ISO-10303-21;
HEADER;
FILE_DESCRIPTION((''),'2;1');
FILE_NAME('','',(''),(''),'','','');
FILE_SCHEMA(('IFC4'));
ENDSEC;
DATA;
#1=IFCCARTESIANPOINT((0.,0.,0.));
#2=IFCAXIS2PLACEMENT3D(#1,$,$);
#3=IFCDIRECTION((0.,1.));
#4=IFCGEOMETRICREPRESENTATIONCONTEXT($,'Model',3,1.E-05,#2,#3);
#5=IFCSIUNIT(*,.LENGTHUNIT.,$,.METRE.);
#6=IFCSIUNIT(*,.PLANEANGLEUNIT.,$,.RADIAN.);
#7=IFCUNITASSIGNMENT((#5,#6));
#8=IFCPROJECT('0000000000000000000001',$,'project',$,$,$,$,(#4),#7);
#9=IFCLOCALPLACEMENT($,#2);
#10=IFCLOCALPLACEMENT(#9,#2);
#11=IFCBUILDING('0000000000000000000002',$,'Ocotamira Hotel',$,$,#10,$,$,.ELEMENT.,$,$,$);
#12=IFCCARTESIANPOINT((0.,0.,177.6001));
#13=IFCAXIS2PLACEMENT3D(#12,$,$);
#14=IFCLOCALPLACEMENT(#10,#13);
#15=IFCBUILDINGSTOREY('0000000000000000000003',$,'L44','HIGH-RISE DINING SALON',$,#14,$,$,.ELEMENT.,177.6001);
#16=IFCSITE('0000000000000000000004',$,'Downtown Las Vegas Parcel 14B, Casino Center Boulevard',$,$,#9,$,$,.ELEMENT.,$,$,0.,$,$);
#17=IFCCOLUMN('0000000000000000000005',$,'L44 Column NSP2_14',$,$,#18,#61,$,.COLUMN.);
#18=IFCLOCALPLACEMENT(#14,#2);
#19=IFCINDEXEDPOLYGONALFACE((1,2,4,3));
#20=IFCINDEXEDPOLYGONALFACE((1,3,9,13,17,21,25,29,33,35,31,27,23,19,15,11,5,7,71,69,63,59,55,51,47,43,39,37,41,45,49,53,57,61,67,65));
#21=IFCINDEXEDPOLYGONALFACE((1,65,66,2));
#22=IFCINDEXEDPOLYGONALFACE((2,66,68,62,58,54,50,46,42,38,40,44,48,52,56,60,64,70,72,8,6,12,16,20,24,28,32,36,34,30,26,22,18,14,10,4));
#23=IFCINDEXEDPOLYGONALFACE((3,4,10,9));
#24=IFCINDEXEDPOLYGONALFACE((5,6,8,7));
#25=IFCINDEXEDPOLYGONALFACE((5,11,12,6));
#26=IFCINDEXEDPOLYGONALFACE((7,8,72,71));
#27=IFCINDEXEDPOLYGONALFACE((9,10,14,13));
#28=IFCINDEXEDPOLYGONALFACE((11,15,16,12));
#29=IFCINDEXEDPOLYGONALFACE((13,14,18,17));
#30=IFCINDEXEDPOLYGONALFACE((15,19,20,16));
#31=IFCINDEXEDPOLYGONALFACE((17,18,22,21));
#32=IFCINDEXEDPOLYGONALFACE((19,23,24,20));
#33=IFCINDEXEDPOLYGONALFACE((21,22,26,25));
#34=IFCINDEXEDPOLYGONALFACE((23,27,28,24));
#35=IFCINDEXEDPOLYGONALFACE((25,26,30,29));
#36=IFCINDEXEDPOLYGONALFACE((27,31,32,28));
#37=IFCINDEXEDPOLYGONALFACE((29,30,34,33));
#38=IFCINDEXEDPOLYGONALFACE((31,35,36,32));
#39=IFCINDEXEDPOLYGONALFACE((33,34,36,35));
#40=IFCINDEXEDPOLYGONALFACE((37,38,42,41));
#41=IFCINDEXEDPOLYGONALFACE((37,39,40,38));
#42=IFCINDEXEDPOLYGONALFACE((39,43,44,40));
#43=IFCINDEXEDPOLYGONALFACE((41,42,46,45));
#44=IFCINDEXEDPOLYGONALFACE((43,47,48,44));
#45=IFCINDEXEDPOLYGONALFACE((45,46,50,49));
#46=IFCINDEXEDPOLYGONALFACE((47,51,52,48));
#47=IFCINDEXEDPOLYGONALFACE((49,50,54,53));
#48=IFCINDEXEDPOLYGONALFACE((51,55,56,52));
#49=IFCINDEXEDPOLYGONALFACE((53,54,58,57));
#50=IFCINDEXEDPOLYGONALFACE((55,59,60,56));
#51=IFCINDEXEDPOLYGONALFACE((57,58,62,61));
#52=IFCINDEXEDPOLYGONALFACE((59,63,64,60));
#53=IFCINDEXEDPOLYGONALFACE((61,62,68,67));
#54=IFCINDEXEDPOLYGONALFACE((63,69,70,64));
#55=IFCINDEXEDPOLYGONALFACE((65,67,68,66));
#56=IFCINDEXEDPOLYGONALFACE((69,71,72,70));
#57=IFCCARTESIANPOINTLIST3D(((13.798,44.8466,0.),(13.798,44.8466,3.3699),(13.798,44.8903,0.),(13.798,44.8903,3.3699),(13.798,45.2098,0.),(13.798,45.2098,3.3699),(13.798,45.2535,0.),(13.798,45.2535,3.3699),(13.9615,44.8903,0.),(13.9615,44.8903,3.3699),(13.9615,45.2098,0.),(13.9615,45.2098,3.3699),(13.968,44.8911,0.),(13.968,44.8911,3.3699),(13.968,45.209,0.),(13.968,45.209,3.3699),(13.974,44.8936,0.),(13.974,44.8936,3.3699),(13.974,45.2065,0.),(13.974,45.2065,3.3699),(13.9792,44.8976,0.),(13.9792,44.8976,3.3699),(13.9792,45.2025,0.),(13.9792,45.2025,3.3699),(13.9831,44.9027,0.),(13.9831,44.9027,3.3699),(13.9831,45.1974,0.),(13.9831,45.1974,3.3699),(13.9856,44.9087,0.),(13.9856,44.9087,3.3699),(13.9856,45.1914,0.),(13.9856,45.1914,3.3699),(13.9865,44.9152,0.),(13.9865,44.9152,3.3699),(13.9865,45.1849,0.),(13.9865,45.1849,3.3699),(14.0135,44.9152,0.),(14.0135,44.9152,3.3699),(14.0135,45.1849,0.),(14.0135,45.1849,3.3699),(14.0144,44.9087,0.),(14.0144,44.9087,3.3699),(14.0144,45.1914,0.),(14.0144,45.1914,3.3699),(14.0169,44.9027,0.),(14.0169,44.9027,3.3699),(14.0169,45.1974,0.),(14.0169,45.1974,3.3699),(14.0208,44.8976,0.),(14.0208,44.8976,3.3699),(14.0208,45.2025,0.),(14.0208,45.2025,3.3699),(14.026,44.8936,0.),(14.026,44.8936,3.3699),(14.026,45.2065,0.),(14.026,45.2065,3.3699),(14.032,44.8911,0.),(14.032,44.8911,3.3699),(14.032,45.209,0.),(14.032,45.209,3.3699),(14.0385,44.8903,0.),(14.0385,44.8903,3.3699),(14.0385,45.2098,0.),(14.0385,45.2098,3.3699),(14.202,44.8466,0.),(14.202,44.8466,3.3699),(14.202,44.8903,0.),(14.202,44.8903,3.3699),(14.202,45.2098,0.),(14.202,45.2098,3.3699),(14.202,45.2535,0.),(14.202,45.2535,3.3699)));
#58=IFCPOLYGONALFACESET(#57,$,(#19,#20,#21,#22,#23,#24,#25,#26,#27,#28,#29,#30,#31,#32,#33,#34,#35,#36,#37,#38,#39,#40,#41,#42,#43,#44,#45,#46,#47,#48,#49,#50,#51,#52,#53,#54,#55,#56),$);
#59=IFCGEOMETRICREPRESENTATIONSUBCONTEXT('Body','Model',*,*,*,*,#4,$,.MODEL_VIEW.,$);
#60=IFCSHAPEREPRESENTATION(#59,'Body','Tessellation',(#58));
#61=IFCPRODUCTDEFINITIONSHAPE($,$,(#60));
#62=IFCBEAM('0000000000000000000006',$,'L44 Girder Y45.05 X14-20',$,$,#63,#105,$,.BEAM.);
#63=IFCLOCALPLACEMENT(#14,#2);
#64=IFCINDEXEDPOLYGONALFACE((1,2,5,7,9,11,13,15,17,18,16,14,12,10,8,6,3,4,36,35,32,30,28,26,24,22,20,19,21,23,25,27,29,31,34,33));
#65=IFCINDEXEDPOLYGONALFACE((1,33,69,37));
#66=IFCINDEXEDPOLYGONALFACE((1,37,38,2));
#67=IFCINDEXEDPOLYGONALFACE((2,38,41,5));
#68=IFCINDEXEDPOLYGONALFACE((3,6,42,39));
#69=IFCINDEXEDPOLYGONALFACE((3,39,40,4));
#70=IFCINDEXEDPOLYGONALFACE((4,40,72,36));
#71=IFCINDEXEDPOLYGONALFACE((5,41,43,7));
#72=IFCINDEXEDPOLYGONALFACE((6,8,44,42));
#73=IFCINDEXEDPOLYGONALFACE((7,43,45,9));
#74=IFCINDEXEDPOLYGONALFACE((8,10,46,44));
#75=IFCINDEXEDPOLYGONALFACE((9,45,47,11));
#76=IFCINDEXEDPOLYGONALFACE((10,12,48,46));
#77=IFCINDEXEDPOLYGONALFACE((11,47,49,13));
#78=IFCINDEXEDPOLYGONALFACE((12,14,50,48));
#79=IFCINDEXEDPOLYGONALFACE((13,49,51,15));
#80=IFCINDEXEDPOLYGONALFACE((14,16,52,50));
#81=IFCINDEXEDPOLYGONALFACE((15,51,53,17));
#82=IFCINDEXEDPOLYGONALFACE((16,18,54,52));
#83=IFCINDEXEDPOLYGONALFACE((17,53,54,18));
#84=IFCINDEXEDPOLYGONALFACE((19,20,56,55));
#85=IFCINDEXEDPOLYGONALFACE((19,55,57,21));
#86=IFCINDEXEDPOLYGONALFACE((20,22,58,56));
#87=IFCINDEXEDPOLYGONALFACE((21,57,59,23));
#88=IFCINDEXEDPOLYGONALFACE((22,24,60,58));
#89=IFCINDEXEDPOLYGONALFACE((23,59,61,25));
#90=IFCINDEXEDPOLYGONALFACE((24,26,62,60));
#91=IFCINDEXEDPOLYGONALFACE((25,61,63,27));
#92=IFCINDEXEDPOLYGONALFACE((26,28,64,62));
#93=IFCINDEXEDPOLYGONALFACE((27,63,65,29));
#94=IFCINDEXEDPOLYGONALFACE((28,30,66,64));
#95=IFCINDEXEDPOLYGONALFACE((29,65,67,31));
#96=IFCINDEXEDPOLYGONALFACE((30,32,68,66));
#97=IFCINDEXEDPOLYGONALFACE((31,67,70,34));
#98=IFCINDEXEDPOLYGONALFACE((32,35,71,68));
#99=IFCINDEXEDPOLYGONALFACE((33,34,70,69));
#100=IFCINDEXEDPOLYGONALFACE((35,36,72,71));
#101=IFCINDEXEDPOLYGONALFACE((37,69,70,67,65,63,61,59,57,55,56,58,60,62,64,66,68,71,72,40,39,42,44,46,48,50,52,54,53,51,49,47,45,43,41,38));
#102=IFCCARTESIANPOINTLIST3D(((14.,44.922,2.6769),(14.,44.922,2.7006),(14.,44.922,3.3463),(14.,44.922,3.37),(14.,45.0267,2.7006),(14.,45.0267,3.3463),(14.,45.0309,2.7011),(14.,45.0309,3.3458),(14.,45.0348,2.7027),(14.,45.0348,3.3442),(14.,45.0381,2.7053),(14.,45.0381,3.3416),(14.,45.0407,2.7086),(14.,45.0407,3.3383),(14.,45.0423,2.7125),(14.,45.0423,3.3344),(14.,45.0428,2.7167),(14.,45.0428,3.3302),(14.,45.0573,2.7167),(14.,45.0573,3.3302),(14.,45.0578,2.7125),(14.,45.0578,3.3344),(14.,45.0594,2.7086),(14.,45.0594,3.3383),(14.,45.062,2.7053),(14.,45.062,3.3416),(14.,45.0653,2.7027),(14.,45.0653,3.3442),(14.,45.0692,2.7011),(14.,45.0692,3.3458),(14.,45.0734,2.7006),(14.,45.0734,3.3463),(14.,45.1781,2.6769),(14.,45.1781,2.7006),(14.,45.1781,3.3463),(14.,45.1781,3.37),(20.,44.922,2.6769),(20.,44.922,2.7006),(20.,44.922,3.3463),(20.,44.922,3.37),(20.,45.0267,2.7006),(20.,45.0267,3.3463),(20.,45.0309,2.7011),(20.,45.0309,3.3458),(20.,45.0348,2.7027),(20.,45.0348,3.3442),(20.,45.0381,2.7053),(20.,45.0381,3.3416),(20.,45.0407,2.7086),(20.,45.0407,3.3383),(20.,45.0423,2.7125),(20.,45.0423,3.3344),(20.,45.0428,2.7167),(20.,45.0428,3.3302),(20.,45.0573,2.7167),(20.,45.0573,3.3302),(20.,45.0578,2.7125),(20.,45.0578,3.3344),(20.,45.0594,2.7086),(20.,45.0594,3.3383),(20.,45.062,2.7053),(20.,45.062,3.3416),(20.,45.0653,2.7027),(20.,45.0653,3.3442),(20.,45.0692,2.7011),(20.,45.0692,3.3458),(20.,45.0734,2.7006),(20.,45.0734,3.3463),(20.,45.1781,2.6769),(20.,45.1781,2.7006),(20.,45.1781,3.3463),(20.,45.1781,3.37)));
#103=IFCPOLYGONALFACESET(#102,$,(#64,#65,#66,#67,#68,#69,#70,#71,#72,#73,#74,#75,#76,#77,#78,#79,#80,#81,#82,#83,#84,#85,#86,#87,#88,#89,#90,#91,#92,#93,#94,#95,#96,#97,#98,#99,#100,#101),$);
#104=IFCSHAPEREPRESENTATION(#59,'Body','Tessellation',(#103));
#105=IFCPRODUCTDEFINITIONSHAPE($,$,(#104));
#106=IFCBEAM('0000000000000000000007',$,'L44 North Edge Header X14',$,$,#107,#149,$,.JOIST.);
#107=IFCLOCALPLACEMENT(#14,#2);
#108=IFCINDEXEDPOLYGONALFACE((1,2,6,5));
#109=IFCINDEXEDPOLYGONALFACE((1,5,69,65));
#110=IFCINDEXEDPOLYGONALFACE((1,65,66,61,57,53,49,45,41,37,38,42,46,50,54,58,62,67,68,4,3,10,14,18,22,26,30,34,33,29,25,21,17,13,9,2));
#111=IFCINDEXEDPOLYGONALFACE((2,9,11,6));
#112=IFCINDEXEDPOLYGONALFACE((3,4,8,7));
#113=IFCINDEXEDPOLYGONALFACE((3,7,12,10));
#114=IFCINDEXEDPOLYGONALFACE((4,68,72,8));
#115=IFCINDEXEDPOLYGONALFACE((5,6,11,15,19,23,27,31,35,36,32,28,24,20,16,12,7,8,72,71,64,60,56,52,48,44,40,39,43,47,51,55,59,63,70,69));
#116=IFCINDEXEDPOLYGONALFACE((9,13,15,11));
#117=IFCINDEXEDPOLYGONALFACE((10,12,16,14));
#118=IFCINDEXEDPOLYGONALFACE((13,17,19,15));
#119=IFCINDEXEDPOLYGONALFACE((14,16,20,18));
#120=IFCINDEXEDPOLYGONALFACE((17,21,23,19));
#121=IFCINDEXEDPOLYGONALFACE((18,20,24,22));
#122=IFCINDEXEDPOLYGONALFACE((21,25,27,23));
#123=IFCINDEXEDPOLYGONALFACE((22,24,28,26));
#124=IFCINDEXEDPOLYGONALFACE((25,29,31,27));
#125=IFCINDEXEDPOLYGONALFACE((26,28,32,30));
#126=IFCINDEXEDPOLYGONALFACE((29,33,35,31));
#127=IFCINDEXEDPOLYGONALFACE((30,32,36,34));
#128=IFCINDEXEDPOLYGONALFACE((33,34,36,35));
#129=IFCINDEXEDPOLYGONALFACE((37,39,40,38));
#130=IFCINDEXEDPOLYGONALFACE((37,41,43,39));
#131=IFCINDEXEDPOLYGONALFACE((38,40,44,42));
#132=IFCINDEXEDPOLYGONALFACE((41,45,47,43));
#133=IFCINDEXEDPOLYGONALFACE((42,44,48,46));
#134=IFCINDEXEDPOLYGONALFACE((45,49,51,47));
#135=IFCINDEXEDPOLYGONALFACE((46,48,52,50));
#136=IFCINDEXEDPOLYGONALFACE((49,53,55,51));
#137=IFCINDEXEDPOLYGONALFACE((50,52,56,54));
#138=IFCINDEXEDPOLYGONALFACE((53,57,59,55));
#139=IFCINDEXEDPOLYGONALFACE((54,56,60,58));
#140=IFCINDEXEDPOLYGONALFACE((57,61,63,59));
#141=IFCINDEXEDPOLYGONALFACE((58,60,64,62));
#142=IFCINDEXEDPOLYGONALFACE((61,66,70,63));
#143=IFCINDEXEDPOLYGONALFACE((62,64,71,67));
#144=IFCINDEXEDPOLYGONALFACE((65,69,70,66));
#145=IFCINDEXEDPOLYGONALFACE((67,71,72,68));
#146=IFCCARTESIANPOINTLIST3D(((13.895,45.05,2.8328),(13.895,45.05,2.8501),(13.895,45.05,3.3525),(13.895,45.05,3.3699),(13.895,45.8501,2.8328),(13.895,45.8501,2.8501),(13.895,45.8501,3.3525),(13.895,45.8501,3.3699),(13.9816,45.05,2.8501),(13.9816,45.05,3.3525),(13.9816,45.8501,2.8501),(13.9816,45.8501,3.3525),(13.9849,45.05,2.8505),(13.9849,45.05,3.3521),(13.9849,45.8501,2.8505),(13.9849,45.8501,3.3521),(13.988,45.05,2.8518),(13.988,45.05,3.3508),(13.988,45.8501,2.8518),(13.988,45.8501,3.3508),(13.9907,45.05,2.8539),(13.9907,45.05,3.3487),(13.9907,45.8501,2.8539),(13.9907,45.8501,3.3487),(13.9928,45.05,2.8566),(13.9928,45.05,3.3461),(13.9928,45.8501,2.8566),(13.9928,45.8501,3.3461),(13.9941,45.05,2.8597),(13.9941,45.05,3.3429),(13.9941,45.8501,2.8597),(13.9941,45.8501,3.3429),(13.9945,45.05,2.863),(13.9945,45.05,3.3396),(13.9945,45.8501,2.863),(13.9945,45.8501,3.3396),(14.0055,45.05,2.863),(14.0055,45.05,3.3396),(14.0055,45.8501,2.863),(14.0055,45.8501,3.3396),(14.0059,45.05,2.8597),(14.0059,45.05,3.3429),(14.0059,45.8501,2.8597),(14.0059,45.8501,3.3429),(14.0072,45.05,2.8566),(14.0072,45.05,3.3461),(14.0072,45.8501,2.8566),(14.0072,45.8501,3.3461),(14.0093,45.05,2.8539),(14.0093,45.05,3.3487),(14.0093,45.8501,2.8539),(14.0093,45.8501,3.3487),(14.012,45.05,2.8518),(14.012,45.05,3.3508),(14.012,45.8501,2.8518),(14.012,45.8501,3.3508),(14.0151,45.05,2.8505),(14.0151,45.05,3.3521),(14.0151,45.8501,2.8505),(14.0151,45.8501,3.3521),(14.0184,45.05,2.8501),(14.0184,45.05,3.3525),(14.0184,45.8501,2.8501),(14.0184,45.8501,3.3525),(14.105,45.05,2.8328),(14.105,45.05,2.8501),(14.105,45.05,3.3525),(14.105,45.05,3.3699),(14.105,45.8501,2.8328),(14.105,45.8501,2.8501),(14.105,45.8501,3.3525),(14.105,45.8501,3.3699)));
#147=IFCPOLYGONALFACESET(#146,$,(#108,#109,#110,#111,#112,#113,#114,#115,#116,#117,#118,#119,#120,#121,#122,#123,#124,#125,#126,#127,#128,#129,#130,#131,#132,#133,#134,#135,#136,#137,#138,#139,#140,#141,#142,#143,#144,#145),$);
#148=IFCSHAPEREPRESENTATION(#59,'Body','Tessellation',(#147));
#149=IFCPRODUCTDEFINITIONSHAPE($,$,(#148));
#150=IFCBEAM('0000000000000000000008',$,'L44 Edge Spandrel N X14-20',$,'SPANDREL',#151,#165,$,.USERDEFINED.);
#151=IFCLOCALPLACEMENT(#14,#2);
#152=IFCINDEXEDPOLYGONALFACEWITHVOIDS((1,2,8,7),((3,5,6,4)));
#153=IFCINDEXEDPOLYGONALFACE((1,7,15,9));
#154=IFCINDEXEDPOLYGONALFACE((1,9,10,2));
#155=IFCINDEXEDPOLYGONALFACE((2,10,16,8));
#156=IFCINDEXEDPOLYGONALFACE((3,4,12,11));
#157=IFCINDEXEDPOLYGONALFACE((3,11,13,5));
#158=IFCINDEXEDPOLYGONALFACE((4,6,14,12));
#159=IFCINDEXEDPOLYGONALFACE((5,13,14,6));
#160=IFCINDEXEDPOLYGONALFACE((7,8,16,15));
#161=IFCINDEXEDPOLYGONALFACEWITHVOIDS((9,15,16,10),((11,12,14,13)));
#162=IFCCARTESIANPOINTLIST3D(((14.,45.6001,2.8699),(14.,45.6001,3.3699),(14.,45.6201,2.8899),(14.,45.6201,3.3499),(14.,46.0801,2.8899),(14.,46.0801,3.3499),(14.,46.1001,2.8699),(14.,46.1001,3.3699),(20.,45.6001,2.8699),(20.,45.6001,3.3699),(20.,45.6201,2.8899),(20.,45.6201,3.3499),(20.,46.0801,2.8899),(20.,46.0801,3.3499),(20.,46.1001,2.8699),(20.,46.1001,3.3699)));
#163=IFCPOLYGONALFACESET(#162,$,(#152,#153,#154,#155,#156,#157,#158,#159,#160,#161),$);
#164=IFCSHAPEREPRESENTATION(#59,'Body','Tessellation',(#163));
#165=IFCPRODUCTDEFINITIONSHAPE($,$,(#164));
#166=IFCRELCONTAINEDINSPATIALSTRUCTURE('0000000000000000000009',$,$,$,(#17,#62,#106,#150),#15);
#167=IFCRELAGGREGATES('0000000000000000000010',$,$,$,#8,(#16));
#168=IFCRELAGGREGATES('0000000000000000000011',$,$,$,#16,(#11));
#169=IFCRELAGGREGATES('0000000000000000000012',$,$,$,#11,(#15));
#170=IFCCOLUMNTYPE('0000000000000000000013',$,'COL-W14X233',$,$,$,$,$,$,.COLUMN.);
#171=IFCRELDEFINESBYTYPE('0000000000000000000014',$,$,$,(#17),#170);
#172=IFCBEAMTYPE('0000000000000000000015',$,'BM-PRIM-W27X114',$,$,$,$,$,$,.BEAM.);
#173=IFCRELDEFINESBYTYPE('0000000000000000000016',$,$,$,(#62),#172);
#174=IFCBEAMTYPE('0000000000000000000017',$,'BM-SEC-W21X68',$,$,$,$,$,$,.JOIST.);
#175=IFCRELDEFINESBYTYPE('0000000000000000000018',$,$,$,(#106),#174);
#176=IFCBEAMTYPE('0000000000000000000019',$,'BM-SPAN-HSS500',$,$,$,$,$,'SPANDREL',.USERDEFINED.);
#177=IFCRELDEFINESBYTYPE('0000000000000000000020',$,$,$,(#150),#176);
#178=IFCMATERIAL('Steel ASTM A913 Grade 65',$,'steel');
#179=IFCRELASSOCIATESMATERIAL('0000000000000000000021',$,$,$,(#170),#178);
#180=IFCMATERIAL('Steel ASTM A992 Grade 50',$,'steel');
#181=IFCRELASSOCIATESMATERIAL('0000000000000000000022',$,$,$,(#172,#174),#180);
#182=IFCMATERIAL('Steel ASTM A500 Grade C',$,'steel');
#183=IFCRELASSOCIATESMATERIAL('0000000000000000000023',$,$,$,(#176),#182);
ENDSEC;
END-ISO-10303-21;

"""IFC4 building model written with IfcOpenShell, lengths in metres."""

from ifc_helpers import new_model, si_unit, direction, frame, origin, origin_2d, place, context, subcontext, project, spatial, hollow_rectangle, i_section, extrude, source, transform, mapped, material, material_profile, profile_set, type_object, element, save


model = new_model("IFC4")

# Units and contexts
model_context = context("Model", 3, precision=1e-05, world=origin(), true_north=direction((0.0, 1.0)))
body_context = subcontext(model_context, "Body", "Model", "MODEL_VIEW")
ifc_project = project(units=[si_unit("LENGTHUNIT", "METRE"), si_unit("PLANEANGLEUNIT", "RADIAN")], contexts=[model_context])

# Site, building, storey
site_placement = place(None, origin())
site = spatial("IfcSite", under=ifc_project, at=site_placement, Name="Downtown Las Vegas Parcel 14B, Casino Center Boulevard", CompositionType="ELEMENT", RefElevation=0.0)
building_placement = place(site_placement, origin())
building = spatial("IfcBuilding", under=site, at=building_placement, Name="Ocotamira Hotel", CompositionType="ELEMENT")
storey_placement = place(building_placement, frame((0.0, 0.0, 177.6001)))
storey = spatial("IfcBuildingStorey", under=building, at=storey_placement, Name="L44", Description="HIGH-RISE DINING SALON", CompositionType="ELEMENT", Elevation=177.6001)

# Column
ifc_material_1 = material(Name="Steel ASTM A913 Grade 65", Category="steel")
ifc_material_profile_1 = material_profile(ifc_material_1, i_section(OverallWidth=0.4041, OverallDepth=0.407, WebThickness=0.0271, FlangeThickness=0.0437, FilletRadius=0.0249, at=origin_2d()), Name="W14X233")
ifc_profile_set_1 = profile_set([ifc_material_profile_1], Name="Steel ASTM A913 Grade 65")
column_type = type_object("IfcColumnType", Name="COL-W14X233", PredefinedType="COLUMN", material=ifc_profile_set_1)
shared_shape_1 = source(origin(), body_context, "Body", "SweptSolid", [
    extrude(i_section(OverallWidth=0.4041, OverallDepth=0.407, WebThickness=0.0271, FlangeThickness=0.0437, FilletRadius=0.0249, at=origin_2d()), origin(), (0.0, 0.0, 1.0), 3.3699),
])
column_placement = place(storey_placement, frame((14.0, 45.05, 0.0), z_axis=(0.0, 0.0, 1.0), x_axis=(1.0, 0.0, 0.0)))
element("IfcColumn", 1, at=column_placement, inside=storey, type_object=column_type, Name="L44 Column NSP2_14", PredefinedType="COLUMN", context=body_context, shape_type="MappedRepresentation", body=[
    mapped(shared_shape_1, transform((0.0, 0.0, 0.0), scale=1.0)),
])

# Beams
ifc_material_2 = material(Name="Steel ASTM A992 Grade 50", Category="steel")
ifc_material_profile_2 = material_profile(ifc_material_2, i_section(OverallWidth=0.2561, OverallDepth=0.6931, WebThickness=0.0144, FlangeThickness=0.0237, FilletRadius=0.0161, at=origin_2d()), Name="W27X114")
ifc_profile_set_2 = profile_set([ifc_material_profile_2], Name="Steel ASTM A992 Grade 50")
beam_type_1 = type_object("IfcBeamType", Name="BM-PRIM-W27X114", PredefinedType="BEAM", material=ifc_profile_set_2)
shared_shape_2 = source(origin(), body_context, "Body", "SweptSolid", [
    extrude(i_section(OverallWidth=0.2561, OverallDepth=0.6931, WebThickness=0.0144, FlangeThickness=0.0237, FilletRadius=0.0161, at=origin_2d()), origin(), (0.0, 0.0, 1.0), 6.0),
])
beam_1_placement = place(storey_placement, frame((14.0, 45.05, 3.0234), z_axis=(1.0, 0.0, 0.0), x_axis=(0.0, 1.0, 0.0)))
element("IfcBeam", 2, at=beam_1_placement, inside=storey, type_object=beam_type_1, Name="L44 Girder Y45.05 X14-20", PredefinedType="BEAM", context=body_context, shape_type="MappedRepresentation", body=[
    mapped(shared_shape_2, transform((0.0, 0.0, 0.0), scale=1.0)),
])
ifc_material_profile_3 = material_profile(ifc_material_2, i_section(OverallWidth=0.21, OverallDepth=0.5371, WebThickness=0.011, FlangeThickness=0.0173, FilletRadius=0.0129, at=origin_2d()), Name="W21X68")
ifc_profile_set_3 = profile_set([ifc_material_profile_3], Name="Steel ASTM A992 Grade 50")
beam_type_2 = type_object("IfcBeamType", Name="BM-SEC-W21X68", PredefinedType="JOIST", material=ifc_profile_set_3)
shared_shape_3 = source(origin(), body_context, "Body", "SweptSolid", [
    extrude(i_section(OverallWidth=0.21, OverallDepth=0.5371, WebThickness=0.011, FlangeThickness=0.0173, FilletRadius=0.0129, at=origin_2d()), origin(), (0.0, 0.0, 1.0), 0.8),
])
beam_2_placement = place(storey_placement, frame((14.0, 45.05, 3.1013), z_axis=(0.0, 1.0, 0.0), x_axis=(-1.0, 0.0, 0.0)))
element("IfcBeam", 3, at=beam_2_placement, inside=storey, type_object=beam_type_2, Name="L44 North Edge Header X14", PredefinedType="JOIST", context=body_context, shape_type="MappedRepresentation", body=[
    mapped(shared_shape_3, transform((0.0, 0.0, 0.0), scale=1.0)),
])
ifc_material_3 = material(Name="Steel ASTM A500 Grade C", Category="steel")
ifc_material_profile_4 = material_profile(ifc_material_3, hollow_rectangle(XDim=0.5, YDim=0.5, WallThickness=0.02, at=origin_2d()), Name="HSS500X500X20")
ifc_profile_set_4 = profile_set([ifc_material_profile_4], Name="Steel ASTM A500 Grade C")
beam_type_3 = type_object("IfcBeamType", Name="BM-SPAN-HSS500", ElementType="SPANDREL", PredefinedType="USERDEFINED", material=ifc_profile_set_4)
shared_shape_4 = source(origin(), body_context, "Body", "SweptSolid", [
    extrude(hollow_rectangle(XDim=0.5, YDim=0.5, WallThickness=0.02, at=origin_2d()), origin(), (0.0, 0.0, 1.0), 6.0),
])
beam_3_placement = place(storey_placement, frame((14.0, 45.8501, 3.1199), z_axis=(1.0, 0.0, 0.0), x_axis=(0.0, 1.0, 0.0)))
element("IfcBeam", 4, at=beam_3_placement, inside=storey, type_object=beam_type_3, Name="L44 Edge Spandrel N X14-20", ObjectType="SPANDREL", PredefinedType="USERDEFINED", context=body_context, shape_type="MappedRepresentation", body=[
    mapped(shared_shape_4, transform((0.0, 0.0, 0.0), scale=1.0)),
])

save(model, "model.ifc")
